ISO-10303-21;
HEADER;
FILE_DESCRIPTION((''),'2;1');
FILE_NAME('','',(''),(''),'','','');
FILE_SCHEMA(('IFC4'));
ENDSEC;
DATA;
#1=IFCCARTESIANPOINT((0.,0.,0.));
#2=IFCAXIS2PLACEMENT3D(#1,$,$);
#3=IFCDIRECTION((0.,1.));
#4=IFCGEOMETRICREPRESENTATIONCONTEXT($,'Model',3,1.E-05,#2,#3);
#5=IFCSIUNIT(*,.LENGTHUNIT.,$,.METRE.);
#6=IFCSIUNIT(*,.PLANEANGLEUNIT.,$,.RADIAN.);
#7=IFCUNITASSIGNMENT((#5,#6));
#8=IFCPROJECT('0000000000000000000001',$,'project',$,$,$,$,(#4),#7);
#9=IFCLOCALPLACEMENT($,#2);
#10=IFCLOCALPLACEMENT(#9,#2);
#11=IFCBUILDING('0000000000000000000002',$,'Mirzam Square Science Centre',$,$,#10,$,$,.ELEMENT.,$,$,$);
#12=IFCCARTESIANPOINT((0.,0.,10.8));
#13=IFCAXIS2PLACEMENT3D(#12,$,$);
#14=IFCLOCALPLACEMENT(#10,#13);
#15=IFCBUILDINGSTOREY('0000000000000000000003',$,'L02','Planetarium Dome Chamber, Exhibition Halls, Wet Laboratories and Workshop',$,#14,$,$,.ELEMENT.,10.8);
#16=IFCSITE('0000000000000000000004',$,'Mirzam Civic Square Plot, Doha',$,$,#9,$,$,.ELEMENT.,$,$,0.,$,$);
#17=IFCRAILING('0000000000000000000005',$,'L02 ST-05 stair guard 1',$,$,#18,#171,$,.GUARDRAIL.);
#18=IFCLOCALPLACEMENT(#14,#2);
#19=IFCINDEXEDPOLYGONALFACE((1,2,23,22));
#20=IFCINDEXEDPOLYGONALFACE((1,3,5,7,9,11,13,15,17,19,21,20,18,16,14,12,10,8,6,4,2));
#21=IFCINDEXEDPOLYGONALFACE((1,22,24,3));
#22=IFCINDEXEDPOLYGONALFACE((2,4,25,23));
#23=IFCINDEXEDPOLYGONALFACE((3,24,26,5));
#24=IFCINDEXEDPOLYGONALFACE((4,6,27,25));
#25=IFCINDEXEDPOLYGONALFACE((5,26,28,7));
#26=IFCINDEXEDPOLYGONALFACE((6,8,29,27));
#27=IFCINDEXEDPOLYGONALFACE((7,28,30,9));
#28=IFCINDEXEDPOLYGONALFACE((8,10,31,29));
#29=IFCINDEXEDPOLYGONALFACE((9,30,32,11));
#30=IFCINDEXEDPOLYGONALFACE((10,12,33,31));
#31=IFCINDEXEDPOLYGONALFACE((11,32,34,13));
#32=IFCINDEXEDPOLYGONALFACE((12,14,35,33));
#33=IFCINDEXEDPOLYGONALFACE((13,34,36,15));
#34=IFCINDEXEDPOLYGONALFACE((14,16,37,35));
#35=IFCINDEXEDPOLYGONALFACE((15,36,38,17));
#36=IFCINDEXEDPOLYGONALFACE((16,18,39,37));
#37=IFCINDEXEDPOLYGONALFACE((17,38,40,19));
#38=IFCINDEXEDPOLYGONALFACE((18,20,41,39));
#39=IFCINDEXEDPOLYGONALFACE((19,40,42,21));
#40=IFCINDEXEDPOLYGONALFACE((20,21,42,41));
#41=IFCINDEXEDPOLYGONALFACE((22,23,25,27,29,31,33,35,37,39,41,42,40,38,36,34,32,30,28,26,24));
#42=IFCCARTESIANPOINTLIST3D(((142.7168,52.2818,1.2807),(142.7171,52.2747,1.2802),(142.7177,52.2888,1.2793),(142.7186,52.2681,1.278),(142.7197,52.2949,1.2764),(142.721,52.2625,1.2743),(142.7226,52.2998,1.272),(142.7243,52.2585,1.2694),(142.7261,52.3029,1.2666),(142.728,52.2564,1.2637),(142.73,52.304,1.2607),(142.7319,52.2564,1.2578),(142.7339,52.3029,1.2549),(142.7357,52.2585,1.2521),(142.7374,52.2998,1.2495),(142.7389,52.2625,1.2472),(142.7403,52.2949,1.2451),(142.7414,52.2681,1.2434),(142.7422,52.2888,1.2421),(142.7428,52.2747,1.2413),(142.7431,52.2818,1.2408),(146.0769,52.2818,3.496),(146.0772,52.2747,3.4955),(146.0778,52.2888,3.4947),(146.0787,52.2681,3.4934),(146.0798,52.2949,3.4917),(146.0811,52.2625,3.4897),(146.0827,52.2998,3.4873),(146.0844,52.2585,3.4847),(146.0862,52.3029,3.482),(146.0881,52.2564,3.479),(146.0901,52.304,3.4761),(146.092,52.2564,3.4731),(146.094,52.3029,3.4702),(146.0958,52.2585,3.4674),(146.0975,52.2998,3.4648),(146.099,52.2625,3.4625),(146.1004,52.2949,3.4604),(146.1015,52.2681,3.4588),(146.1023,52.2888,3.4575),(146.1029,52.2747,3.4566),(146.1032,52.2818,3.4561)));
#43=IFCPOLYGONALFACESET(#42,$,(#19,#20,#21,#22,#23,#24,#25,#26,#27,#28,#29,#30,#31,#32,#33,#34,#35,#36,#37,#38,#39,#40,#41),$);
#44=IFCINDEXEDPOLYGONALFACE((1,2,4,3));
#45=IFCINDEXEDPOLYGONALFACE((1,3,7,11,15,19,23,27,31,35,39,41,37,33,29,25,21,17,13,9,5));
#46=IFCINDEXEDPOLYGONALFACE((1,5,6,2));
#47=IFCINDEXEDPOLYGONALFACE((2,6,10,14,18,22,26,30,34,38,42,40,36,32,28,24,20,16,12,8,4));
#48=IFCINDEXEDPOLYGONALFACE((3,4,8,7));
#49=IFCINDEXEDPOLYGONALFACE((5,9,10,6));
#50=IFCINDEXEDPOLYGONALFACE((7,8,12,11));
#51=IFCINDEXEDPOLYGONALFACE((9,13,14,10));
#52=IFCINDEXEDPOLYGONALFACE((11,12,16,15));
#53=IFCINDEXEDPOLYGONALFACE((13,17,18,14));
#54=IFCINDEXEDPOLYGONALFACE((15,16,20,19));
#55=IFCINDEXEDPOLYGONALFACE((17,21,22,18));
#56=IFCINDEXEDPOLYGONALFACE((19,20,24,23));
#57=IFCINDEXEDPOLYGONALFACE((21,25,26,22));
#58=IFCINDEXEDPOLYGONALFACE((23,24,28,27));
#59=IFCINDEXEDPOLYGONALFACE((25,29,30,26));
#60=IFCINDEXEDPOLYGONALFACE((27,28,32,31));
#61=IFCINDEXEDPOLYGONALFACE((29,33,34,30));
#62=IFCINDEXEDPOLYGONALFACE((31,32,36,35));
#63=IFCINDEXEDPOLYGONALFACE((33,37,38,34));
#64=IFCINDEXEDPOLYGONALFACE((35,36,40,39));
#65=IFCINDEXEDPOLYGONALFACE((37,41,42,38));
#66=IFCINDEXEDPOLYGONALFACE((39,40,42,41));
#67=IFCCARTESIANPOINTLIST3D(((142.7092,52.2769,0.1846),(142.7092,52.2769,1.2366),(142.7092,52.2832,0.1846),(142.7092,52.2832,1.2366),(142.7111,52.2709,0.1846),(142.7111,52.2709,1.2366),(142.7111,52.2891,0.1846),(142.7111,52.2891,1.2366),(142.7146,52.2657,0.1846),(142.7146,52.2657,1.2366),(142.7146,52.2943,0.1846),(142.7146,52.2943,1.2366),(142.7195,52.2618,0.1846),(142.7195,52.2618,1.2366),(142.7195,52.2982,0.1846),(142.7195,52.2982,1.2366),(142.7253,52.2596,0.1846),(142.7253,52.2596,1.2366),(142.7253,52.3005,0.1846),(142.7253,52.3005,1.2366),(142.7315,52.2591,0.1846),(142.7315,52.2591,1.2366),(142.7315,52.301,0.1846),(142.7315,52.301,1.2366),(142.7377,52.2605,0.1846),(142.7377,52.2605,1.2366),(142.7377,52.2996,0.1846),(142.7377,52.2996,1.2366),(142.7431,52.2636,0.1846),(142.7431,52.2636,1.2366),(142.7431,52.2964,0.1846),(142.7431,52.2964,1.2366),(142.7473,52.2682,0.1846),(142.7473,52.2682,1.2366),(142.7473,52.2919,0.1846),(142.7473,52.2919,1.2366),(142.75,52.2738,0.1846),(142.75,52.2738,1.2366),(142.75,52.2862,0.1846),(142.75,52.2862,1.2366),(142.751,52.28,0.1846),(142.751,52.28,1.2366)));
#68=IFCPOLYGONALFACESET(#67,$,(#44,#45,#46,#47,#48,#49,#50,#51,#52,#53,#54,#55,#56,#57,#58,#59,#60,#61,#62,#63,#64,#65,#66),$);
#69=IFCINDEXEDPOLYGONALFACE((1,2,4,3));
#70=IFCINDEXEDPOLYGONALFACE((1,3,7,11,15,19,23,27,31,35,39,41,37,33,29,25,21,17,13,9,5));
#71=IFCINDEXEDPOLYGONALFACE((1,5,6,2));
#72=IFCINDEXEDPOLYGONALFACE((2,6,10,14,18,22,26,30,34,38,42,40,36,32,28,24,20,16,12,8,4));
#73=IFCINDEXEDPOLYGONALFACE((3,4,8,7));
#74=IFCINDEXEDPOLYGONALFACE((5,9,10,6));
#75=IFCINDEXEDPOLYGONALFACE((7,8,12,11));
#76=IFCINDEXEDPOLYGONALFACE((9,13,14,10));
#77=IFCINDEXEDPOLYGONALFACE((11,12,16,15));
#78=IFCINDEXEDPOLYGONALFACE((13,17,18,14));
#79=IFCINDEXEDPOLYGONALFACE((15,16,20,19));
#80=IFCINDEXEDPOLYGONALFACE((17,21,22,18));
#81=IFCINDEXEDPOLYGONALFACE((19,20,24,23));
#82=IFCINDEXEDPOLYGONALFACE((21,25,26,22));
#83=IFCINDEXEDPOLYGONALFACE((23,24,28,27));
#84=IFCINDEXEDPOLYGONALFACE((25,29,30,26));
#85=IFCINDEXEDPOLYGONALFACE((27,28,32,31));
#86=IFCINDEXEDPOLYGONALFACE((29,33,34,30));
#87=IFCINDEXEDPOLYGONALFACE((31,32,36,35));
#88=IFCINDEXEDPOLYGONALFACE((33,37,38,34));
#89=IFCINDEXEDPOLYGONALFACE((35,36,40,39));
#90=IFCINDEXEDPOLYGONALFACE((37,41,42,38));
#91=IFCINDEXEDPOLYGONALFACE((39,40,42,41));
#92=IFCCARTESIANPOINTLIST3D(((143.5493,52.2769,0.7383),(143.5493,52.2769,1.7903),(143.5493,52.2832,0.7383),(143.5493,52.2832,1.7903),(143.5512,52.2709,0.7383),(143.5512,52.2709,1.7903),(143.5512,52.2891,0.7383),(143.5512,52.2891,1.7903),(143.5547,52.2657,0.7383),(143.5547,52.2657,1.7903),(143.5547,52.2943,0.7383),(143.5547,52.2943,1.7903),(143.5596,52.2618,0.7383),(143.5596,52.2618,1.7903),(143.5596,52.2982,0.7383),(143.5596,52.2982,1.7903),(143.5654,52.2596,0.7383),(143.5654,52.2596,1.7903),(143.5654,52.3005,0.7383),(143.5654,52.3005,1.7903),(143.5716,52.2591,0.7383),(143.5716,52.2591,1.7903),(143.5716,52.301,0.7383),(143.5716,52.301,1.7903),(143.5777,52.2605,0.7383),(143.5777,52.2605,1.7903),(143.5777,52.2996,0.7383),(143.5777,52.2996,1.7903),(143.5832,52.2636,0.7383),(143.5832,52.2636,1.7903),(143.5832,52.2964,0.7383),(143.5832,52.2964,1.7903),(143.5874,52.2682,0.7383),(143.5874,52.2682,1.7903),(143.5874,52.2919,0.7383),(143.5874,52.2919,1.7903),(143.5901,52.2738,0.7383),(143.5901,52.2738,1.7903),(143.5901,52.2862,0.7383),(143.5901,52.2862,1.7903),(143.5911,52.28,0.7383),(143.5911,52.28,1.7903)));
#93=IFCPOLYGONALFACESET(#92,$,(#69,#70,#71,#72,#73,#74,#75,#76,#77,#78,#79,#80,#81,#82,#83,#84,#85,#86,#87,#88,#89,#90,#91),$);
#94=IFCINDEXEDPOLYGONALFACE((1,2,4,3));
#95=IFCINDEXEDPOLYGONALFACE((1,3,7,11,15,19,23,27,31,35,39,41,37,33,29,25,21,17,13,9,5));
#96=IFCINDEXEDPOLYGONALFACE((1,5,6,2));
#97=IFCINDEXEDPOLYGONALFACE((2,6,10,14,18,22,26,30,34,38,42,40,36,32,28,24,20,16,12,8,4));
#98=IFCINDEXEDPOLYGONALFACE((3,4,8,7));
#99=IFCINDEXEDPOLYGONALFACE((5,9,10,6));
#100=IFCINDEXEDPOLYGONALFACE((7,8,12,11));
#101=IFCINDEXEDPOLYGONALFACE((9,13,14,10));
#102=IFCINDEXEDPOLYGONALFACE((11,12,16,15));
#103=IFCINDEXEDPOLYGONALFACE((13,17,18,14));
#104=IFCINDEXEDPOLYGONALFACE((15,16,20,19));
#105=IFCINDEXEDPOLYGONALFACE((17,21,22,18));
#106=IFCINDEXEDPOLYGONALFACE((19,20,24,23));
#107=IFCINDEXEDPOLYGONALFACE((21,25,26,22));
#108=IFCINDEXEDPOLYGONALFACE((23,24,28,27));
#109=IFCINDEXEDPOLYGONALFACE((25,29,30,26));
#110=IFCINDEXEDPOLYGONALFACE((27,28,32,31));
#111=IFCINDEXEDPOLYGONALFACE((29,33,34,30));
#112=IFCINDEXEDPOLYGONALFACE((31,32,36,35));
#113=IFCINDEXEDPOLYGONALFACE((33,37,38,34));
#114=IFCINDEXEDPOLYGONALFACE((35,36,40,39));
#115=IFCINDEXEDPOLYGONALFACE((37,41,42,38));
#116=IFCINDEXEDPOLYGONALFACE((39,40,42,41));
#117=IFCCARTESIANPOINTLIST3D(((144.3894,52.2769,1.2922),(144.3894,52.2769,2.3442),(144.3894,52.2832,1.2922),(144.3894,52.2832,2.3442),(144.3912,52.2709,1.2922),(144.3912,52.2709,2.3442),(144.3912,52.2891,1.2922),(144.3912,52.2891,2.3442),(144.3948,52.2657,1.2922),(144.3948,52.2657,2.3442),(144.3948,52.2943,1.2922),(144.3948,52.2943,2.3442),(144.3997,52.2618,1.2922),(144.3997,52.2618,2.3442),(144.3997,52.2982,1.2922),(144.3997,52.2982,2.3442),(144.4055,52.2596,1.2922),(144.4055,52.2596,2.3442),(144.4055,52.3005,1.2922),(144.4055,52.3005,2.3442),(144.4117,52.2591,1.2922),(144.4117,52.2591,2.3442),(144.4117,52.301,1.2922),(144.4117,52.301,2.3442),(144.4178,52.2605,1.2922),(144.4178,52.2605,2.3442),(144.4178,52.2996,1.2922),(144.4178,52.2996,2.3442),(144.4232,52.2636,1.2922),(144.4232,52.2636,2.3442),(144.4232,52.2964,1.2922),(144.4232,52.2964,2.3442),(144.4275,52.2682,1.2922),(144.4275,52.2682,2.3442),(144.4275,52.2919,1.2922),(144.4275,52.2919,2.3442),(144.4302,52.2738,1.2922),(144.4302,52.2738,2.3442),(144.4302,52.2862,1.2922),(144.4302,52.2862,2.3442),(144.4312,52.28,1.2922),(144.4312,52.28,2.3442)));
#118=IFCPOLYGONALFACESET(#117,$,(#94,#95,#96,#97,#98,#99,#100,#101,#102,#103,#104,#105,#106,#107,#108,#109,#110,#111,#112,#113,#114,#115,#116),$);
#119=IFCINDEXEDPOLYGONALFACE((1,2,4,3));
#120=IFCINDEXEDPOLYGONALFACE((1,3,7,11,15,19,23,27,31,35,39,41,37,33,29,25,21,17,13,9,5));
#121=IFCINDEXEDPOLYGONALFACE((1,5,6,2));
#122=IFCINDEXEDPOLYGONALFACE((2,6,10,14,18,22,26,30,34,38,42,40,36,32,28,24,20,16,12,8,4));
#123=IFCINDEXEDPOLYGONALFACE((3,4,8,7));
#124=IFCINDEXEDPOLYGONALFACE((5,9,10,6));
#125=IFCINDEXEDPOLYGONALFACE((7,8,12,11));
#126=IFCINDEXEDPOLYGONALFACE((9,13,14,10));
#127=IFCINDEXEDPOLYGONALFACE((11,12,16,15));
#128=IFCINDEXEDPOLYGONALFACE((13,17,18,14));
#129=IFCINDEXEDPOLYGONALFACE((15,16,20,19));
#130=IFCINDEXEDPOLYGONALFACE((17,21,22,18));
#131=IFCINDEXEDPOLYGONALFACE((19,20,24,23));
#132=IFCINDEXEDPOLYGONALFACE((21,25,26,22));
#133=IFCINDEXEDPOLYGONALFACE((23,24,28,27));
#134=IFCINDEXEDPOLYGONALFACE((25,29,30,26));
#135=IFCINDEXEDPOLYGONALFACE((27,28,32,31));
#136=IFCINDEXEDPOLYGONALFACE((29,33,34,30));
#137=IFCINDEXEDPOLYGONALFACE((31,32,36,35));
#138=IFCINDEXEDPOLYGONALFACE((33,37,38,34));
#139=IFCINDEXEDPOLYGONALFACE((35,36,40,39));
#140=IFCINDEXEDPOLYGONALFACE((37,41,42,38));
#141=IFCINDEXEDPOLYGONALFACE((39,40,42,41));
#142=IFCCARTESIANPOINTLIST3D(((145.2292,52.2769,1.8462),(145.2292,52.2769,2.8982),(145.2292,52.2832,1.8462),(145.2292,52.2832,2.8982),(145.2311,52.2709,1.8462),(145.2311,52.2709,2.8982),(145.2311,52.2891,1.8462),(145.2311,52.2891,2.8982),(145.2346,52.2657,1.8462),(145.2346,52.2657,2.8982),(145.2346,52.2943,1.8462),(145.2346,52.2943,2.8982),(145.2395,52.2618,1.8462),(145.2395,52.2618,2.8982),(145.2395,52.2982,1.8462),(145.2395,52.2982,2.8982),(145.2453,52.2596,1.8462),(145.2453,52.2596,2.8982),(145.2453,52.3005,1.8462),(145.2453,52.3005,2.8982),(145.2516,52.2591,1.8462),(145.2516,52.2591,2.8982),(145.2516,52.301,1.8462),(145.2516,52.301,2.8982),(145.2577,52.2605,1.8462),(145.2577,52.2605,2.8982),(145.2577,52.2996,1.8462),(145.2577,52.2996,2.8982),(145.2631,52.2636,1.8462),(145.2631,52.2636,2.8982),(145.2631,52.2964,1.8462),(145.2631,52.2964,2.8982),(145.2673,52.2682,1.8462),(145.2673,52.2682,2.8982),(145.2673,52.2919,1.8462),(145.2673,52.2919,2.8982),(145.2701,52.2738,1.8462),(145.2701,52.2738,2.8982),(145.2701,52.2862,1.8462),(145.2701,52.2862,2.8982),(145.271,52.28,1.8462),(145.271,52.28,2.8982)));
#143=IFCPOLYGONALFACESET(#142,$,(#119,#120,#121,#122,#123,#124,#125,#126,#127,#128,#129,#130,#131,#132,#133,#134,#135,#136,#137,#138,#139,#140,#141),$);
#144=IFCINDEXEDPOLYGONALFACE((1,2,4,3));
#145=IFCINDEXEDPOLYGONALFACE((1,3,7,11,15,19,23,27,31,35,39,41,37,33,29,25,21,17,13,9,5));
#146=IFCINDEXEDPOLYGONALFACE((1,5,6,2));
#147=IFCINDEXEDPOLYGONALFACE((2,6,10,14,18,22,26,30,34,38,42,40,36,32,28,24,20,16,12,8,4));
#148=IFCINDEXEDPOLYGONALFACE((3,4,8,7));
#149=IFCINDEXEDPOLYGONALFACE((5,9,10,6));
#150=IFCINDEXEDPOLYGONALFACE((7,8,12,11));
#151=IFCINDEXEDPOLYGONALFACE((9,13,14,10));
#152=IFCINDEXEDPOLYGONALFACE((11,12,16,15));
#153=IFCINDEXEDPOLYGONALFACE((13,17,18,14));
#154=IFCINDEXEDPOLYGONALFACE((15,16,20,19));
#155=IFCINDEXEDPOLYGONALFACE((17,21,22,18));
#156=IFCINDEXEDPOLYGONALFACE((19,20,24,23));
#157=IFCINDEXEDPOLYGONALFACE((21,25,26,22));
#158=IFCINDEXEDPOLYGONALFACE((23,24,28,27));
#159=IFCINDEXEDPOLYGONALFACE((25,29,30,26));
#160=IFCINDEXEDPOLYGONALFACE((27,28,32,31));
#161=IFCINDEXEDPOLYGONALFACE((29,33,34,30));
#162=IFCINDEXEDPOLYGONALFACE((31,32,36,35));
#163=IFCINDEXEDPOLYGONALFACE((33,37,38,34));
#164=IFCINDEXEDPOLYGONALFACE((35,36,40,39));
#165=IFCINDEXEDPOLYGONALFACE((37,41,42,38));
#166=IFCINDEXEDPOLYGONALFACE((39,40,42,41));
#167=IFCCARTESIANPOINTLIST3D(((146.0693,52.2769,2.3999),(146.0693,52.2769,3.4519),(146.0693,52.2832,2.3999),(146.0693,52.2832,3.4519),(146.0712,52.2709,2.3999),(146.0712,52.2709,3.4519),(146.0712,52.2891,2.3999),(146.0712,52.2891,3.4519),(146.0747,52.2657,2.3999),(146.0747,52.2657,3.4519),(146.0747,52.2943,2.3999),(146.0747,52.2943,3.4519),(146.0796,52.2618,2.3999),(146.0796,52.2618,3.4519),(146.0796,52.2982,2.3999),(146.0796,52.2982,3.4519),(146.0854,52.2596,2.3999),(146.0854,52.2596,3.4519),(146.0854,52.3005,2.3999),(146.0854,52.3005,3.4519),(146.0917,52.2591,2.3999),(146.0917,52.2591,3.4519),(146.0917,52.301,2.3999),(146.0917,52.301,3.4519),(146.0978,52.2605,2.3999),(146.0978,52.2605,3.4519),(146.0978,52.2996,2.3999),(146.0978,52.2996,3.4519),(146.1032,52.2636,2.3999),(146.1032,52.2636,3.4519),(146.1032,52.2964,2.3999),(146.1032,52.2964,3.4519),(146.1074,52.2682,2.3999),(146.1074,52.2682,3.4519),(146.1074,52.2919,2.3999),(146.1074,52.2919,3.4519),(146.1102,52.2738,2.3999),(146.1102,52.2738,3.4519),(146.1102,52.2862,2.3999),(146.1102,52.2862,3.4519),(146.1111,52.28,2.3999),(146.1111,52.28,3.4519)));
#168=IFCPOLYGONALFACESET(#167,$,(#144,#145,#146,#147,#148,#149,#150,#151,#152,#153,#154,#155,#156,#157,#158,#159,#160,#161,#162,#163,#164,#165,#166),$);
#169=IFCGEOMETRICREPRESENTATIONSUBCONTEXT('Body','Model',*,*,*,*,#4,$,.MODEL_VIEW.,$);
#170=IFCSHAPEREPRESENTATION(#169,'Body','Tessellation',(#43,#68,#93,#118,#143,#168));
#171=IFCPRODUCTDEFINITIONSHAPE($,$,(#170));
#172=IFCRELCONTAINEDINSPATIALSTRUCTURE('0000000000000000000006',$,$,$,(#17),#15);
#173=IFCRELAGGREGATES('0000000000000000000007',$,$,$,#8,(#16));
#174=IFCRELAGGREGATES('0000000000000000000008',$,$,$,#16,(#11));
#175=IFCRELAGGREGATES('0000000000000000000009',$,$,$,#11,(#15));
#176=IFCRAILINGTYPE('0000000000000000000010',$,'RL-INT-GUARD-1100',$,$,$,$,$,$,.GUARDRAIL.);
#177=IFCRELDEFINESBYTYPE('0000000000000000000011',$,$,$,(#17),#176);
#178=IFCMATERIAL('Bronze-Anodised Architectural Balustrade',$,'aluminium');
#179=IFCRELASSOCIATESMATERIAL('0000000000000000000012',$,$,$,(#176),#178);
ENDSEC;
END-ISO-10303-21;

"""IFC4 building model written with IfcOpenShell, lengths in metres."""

from ifc_helpers import new_model, si_unit, direction, frame, origin, origin_2d, place, context, subcontext, project, spatial, circle, extrude, material, type_object, element, save


model = new_model("IFC4")

# Units and contexts
model_context = context("Model", 3, precision=1e-05, world=origin(), true_north=direction((0.0, 1.0)))
body_context = subcontext(model_context, "Body", "Model", "MODEL_VIEW")
ifc_project = project(units=[si_unit("LENGTHUNIT", "METRE"), si_unit("PLANEANGLEUNIT", "RADIAN")], contexts=[model_context])

# Site, building, storey
site_placement = place(None, origin())
site = spatial("IfcSite", under=ifc_project, at=site_placement, Name="Mirzam Civic Square Plot, Doha", CompositionType="ELEMENT", RefElevation=0.0)
building_placement = place(site_placement, origin())
building = spatial("IfcBuilding", under=site, at=building_placement, Name="Mirzam Square Science Centre", CompositionType="ELEMENT")
storey_placement = place(building_placement, frame((0.0, 0.0, 10.8)))
storey = spatial("IfcBuildingStorey", under=building, at=storey_placement, Name="L02", Description="Planetarium Dome Chamber, Exhibition Halls, Wet Laboratories and Workshop", CompositionType="ELEMENT", Elevation=10.8)

# Railing
ifc_material_1 = material(Name="Bronze-Anodised Architectural Balustrade", Category="aluminium")
railing_type_1 = type_object("IfcRailingType", Name="RL-INT-GUARD-1100", PredefinedType="GUARDRAIL", material=ifc_material_1)
railing_1_placement = place(storey_placement, frame((142.73, 52.28, 0.1846)))
element("IfcRailing", 1, at=railing_1_placement, inside=storey, type_object=railing_type_1, Name="L02 ST-05 stair guard 1", PredefinedType="GUARDRAIL", context=body_context, shape_type="SweptSolid", body=[
    extrude(circle(Radius=0.0239, at=origin_2d()), frame((0.0, 0.0, 1.0762), z_axis=(0.834876, 0.0, 0.550437), x_axis=(0.0, 1.0, 0.0)), (0.0, 0.0, 1.0), 4.0247),
    extrude(circle(Radius=0.021, at=origin_2d()), origin(), (0.0, 0.0, 1.0), 1.052),
    extrude(circle(Radius=0.021, at=origin_2d()), frame((0.8401, 0.0, 0.5537)), (0.0, 0.0, 1.0), 1.052),
    extrude(circle(Radius=0.021, at=origin_2d()), frame((1.6802, 0.0, 1.1077)), (0.0, 0.0, 1.0), 1.052),
    extrude(circle(Radius=0.021, at=origin_2d()), frame((2.52, 0.0, 1.6616)), (0.0, 0.0, 1.0), 1.052),
    extrude(circle(Radius=0.021, at=origin_2d()), frame((3.3601, 0.0, 2.2153)), (0.0, 0.0, 1.0), 1.052),
])

save(model, "model.ifc")
